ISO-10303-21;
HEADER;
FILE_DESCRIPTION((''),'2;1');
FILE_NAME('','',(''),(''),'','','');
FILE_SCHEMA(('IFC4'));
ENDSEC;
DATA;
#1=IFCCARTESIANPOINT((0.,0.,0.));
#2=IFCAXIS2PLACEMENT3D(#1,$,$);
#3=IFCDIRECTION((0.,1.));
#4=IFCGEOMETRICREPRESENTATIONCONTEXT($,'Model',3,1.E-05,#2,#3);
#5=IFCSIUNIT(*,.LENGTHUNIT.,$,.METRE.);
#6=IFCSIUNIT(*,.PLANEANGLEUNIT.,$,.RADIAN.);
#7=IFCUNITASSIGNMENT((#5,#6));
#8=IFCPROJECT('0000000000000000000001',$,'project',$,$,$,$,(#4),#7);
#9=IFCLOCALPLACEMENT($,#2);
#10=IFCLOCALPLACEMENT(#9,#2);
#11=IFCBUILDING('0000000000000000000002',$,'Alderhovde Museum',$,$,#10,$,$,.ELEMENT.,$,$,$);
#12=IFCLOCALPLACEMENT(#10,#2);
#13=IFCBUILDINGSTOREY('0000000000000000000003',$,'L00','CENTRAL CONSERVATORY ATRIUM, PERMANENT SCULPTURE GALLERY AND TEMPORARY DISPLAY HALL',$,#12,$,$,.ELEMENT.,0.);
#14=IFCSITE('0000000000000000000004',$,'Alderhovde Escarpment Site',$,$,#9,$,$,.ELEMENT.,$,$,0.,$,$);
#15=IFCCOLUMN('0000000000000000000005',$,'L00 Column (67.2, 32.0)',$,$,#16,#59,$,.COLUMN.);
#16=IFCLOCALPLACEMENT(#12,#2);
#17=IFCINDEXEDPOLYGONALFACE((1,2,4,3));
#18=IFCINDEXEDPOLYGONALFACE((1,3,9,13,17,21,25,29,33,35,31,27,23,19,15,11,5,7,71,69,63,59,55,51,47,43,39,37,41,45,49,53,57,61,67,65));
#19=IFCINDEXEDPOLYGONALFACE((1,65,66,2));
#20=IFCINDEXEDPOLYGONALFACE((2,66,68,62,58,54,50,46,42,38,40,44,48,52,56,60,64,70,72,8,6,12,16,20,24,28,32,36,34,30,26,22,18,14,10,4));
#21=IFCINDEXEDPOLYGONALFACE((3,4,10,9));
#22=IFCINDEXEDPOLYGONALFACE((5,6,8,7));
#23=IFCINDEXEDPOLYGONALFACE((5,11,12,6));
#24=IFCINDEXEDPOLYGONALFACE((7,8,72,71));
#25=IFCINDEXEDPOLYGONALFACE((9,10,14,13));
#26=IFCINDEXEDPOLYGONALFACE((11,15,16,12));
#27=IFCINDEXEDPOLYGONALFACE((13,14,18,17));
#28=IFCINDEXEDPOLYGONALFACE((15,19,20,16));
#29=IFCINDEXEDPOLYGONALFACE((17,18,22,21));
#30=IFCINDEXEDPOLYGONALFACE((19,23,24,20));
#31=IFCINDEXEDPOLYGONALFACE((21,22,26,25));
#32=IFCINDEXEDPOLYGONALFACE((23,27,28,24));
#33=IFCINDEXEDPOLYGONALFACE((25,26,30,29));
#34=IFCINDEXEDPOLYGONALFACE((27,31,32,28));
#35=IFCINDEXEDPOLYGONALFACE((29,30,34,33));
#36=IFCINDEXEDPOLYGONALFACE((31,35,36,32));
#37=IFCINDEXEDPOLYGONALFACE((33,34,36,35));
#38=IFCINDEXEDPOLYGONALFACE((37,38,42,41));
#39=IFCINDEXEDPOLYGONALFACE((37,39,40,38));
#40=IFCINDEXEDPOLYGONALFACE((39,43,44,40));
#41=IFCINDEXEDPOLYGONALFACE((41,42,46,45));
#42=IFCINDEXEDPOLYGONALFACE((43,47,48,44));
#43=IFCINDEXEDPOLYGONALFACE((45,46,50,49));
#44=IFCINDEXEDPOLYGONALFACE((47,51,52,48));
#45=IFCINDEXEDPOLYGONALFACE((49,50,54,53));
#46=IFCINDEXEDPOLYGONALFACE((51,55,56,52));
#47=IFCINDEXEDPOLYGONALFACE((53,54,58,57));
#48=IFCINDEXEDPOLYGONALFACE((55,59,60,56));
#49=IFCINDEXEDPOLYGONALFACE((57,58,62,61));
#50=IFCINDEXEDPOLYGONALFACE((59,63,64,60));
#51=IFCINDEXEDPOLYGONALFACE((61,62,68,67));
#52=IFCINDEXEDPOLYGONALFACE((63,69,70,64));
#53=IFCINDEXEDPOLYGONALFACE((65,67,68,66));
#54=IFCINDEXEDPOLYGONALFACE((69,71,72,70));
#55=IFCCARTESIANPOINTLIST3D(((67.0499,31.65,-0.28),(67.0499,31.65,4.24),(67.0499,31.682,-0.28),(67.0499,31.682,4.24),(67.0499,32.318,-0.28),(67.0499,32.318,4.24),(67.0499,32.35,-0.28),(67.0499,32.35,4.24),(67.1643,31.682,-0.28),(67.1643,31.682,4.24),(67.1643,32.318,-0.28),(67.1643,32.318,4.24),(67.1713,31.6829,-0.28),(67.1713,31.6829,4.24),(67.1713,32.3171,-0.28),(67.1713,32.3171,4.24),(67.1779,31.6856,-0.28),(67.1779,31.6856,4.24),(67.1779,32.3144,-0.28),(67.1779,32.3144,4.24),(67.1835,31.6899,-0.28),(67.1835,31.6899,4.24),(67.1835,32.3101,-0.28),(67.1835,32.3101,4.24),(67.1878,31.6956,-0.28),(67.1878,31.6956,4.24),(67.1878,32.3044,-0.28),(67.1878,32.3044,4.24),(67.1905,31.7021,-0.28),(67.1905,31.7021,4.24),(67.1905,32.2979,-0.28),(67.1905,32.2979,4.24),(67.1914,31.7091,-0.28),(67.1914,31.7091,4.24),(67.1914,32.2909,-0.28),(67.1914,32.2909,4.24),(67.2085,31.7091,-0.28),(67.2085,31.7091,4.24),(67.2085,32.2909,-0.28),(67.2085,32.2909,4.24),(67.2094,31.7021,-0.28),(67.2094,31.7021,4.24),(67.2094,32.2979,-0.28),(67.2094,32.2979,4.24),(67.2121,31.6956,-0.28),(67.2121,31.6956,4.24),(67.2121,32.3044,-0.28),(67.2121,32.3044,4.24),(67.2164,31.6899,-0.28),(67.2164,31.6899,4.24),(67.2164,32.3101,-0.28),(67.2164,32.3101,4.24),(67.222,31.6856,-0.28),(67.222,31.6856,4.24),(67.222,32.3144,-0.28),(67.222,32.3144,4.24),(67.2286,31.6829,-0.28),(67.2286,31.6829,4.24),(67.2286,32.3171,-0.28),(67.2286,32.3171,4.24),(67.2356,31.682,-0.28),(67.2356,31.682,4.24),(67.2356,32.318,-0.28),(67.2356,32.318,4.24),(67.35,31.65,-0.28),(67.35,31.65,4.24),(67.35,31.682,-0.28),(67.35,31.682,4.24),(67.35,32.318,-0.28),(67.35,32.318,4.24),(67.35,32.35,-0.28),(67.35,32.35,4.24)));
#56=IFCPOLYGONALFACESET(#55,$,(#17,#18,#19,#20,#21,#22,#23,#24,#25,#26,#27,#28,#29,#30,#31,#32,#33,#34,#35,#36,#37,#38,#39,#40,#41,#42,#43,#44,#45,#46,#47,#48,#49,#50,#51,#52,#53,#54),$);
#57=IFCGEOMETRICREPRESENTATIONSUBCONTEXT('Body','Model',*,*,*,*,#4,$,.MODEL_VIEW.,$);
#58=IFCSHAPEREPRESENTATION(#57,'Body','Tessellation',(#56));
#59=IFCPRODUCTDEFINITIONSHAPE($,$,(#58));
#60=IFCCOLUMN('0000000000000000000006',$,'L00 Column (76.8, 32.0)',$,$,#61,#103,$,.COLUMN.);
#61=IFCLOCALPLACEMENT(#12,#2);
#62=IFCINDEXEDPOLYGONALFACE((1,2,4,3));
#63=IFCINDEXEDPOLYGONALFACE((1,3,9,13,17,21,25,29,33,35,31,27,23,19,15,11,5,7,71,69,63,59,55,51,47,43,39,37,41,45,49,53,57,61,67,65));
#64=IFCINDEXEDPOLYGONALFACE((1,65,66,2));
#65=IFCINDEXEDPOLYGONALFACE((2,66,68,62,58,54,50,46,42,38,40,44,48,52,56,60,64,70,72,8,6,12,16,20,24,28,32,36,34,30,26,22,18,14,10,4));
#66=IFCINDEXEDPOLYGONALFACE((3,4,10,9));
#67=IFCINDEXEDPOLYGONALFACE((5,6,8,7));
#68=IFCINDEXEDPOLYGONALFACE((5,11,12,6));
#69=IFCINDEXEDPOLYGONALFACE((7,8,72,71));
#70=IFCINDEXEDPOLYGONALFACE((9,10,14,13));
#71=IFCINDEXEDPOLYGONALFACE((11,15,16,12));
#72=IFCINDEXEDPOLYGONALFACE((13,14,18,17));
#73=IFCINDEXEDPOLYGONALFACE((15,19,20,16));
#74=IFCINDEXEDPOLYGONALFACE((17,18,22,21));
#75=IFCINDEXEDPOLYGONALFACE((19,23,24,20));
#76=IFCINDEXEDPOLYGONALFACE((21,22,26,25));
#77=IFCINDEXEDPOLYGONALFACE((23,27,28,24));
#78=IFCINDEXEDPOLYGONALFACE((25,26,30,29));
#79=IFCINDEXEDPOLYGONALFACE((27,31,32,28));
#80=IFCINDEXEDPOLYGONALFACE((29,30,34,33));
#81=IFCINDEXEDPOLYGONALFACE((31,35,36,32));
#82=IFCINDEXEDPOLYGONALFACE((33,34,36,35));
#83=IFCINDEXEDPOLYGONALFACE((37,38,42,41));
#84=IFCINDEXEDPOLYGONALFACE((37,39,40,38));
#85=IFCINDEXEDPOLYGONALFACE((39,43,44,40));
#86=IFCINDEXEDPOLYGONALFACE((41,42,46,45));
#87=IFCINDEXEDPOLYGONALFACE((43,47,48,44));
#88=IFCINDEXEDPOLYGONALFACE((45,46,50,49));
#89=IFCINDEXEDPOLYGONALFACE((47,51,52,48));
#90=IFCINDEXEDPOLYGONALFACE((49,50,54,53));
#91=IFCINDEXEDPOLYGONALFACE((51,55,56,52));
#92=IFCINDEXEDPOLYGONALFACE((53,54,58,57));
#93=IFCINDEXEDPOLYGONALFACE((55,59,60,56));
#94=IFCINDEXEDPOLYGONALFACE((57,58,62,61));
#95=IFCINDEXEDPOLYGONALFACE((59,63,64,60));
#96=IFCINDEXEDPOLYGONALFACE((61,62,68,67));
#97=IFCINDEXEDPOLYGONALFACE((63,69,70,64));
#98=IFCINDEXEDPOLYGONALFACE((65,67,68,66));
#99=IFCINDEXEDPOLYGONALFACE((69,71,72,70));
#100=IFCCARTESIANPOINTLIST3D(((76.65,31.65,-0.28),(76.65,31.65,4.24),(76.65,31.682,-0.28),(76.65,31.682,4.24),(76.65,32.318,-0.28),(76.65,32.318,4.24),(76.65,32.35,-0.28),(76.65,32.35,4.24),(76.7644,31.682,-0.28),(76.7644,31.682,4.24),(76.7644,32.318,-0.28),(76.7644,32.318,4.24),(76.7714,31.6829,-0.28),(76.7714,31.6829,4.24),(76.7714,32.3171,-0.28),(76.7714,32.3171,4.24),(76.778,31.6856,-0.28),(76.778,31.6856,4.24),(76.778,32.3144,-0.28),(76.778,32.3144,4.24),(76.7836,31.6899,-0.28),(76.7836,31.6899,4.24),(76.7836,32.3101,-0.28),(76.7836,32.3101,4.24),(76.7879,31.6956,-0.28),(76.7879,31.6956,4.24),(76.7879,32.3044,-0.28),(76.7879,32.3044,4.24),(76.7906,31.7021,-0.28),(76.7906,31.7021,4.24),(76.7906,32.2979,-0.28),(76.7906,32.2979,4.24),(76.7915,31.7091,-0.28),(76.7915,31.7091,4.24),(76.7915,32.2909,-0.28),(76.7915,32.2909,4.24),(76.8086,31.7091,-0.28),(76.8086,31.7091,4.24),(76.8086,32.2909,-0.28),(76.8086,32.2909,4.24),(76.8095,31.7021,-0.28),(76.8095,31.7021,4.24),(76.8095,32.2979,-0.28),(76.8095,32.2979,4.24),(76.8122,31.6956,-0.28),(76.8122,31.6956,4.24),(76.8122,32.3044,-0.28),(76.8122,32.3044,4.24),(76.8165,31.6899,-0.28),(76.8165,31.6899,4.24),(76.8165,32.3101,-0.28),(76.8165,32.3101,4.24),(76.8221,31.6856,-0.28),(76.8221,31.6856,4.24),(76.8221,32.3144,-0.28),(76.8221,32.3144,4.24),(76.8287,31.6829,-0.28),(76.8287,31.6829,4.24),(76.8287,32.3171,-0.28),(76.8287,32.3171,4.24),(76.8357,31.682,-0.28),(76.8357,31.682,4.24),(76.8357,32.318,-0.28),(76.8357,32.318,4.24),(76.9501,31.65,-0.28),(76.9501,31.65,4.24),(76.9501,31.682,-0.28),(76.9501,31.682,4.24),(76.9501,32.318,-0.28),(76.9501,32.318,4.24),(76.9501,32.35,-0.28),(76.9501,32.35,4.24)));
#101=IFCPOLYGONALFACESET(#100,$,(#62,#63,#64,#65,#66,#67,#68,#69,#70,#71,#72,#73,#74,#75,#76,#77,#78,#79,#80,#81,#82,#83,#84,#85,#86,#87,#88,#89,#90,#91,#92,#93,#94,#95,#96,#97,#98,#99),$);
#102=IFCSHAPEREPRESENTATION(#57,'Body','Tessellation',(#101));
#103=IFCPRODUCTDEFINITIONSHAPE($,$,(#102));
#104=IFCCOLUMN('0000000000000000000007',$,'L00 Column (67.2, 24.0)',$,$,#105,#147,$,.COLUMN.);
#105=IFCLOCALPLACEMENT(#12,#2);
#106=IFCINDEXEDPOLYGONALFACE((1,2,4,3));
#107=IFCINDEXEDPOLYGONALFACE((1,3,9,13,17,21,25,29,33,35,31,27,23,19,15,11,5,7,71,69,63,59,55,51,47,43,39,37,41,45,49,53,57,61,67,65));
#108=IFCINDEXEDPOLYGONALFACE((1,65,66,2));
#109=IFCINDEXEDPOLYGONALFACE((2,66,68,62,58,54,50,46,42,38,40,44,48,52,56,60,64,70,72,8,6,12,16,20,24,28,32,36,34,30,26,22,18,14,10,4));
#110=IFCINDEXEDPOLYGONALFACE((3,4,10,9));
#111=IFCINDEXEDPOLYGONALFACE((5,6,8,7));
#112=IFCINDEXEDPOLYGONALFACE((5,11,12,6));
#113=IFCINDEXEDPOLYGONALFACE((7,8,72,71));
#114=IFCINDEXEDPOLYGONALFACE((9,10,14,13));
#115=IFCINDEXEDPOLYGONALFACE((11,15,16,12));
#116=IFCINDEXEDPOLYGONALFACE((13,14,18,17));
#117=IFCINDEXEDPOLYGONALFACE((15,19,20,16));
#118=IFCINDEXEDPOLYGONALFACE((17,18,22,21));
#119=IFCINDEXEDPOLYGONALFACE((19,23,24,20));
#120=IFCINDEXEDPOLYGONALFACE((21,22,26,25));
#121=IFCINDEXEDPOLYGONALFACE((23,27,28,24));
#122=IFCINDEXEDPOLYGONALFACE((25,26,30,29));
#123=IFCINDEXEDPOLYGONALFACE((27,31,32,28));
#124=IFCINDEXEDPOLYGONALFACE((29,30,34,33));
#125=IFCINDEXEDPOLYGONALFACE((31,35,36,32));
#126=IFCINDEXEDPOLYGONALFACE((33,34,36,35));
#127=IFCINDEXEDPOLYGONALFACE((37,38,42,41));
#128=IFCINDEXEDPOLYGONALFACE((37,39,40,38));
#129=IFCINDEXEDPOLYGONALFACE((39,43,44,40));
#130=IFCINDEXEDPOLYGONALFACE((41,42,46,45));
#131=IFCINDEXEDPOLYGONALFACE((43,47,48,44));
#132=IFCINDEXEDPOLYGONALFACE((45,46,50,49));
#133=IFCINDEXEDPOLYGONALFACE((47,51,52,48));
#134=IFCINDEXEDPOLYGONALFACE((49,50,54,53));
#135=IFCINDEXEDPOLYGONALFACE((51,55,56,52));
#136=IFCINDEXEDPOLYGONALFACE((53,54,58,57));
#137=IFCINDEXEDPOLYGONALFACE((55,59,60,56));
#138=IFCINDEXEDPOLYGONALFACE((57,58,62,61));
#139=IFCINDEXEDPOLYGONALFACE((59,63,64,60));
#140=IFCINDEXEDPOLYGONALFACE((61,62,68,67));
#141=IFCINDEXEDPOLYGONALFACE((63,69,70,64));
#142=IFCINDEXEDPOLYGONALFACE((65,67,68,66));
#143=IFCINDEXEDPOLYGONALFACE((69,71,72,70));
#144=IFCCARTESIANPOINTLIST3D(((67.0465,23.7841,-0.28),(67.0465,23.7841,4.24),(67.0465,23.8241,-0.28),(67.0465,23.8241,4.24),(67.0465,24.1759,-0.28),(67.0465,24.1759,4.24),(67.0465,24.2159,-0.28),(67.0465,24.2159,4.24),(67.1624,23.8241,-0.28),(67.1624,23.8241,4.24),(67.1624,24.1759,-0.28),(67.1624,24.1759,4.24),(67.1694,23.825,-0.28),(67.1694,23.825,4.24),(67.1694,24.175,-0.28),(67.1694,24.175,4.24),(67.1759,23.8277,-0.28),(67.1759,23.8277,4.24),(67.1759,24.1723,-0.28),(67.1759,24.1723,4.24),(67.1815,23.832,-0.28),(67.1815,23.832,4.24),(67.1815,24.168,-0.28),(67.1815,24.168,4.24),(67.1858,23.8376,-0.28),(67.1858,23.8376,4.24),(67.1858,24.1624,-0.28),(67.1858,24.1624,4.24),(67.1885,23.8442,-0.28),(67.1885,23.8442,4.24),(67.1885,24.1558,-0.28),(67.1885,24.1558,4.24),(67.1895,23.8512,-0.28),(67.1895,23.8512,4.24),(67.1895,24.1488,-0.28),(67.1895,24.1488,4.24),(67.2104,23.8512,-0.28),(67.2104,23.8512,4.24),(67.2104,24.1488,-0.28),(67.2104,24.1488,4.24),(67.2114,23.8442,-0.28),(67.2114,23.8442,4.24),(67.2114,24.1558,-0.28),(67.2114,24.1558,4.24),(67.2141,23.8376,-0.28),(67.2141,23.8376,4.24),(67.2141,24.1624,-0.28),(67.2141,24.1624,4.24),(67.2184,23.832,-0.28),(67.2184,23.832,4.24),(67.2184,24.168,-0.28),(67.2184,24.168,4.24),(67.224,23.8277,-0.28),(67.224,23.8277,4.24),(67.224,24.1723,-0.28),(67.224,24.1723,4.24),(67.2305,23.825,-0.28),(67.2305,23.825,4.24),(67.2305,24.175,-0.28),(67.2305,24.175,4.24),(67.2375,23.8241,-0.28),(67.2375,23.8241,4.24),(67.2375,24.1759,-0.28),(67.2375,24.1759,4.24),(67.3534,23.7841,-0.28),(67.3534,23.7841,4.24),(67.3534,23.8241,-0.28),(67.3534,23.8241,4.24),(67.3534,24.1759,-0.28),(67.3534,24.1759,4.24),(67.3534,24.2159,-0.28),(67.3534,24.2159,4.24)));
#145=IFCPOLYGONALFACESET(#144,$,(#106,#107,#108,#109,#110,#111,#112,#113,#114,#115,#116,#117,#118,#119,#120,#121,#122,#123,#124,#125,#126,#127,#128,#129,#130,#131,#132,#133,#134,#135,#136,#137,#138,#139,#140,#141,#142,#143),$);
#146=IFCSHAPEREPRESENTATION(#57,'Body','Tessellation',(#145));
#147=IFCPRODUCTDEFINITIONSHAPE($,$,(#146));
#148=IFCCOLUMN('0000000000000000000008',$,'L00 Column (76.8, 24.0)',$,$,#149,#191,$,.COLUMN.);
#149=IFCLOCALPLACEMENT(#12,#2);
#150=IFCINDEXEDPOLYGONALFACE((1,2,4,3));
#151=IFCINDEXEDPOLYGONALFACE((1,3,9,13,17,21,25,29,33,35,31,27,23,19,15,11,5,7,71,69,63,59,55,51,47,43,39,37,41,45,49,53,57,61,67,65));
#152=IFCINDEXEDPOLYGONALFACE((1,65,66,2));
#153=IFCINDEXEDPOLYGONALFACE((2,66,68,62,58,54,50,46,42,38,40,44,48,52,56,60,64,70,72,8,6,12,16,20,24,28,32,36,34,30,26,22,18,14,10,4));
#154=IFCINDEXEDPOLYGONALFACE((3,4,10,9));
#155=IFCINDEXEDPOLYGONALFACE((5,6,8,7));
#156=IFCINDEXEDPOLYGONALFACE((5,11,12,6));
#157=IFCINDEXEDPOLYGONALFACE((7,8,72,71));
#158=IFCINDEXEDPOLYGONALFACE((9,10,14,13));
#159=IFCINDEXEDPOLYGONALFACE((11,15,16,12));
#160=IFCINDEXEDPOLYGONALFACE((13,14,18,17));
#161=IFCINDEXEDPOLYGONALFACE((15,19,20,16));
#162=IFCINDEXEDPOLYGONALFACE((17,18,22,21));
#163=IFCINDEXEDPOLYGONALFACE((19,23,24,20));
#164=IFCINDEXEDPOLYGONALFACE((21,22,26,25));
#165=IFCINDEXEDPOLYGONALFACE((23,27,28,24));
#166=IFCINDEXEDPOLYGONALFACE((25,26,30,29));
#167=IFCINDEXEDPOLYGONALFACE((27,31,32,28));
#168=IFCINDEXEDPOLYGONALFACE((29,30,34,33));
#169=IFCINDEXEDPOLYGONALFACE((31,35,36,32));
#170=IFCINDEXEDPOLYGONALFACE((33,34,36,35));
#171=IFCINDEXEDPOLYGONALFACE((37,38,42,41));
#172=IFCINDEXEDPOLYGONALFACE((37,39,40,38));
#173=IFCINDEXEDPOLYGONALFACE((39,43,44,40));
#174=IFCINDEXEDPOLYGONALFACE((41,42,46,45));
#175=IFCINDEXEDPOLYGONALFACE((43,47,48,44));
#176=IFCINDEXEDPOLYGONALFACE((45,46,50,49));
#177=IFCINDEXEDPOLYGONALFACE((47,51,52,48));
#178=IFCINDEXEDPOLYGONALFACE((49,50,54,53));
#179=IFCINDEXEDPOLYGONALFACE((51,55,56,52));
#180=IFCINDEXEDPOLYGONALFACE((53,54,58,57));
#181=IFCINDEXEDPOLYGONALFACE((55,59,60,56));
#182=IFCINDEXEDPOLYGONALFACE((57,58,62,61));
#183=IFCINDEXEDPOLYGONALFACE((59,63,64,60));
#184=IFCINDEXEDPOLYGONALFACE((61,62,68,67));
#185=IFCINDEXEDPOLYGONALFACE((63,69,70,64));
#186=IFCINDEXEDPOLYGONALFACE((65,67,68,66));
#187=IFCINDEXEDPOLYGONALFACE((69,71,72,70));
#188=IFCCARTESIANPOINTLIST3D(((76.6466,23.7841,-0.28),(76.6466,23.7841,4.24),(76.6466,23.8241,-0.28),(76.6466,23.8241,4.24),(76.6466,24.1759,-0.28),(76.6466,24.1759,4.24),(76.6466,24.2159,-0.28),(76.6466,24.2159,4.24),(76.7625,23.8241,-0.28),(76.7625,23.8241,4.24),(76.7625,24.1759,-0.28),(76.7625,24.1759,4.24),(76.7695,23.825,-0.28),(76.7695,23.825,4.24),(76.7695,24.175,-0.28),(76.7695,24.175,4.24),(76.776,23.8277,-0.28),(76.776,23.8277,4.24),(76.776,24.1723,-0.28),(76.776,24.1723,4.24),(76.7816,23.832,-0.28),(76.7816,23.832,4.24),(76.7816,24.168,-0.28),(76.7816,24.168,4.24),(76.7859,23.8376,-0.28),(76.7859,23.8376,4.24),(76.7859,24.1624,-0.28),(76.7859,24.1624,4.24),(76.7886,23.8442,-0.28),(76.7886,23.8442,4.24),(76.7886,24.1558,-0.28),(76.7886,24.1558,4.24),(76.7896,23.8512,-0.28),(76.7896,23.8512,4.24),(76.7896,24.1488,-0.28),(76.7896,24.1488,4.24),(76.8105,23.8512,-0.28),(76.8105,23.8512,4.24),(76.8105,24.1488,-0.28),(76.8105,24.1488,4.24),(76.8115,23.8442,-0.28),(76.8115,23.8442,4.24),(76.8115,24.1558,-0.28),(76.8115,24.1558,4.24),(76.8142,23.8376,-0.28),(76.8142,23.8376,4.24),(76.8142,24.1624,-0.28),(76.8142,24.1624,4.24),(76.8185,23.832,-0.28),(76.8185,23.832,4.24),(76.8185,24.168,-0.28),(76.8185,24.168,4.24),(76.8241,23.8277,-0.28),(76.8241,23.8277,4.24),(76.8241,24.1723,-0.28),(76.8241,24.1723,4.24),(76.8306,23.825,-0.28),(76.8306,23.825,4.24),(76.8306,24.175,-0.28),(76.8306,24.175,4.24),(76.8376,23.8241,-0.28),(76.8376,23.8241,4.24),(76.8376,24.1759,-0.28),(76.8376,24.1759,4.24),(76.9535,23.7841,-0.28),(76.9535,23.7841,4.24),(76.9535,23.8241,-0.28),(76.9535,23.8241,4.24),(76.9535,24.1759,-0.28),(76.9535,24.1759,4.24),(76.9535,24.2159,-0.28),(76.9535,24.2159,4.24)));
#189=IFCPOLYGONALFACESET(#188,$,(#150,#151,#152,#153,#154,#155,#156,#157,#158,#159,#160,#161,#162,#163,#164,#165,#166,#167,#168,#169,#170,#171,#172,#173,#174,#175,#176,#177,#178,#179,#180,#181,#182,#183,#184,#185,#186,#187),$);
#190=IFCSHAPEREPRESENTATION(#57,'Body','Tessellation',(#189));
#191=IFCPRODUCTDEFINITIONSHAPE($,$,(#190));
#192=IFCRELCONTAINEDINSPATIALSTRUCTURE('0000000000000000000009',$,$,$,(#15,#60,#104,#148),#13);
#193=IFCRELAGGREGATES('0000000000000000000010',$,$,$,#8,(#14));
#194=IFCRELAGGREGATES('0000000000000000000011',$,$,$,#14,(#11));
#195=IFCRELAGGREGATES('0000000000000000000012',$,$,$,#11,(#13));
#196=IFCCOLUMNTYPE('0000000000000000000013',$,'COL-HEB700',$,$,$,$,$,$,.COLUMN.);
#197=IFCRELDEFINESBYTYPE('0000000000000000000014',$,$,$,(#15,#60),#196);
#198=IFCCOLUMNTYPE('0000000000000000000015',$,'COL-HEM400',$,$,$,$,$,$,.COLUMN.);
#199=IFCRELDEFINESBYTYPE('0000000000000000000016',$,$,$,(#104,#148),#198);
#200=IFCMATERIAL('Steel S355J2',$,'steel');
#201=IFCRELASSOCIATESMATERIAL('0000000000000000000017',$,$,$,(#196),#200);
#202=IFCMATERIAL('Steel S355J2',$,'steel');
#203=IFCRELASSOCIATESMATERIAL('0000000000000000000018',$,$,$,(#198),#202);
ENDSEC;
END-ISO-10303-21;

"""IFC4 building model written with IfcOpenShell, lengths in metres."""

from ifc_helpers import new_model, si_unit, direction, frame, origin, origin_2d, place, context, subcontext, project, spatial, i_section, extrude, material, material_profile, profile_set, type_object, element, save


model = new_model("IFC4")

# Units and contexts
model_context = context("Model", 3, precision=1e-05, world=origin(), true_north=direction((0.0, 1.0)))
body_context = subcontext(model_context, "Body", "Model", "MODEL_VIEW")
ifc_project = project(units=[si_unit("LENGTHUNIT", "METRE"), si_unit("PLANEANGLEUNIT", "RADIAN")], contexts=[model_context])

# Site, building, storey
site_placement = place(None, origin())
site = spatial("IfcSite", under=ifc_project, at=site_placement, Name="Alderhovde Escarpment Site", CompositionType="ELEMENT", RefElevation=0.0)
building_placement = place(site_placement, origin())
building = spatial("IfcBuilding", under=site, at=building_placement, Name="Alderhovde Museum", CompositionType="ELEMENT")
storey_placement = place(building_placement, origin())
storey = spatial("IfcBuildingStorey", under=building, at=storey_placement, Name="L00", Description="CENTRAL CONSERVATORY ATRIUM, PERMANENT SCULPTURE GALLERY AND TEMPORARY DISPLAY HALL", CompositionType="ELEMENT", Elevation=0.0)

# Columns
ifc_material_1 = material(Name="Steel S355J2", Category="steel")
ifc_material_profile_1 = material_profile(ifc_material_1, i_section(OverallWidth=0.3, OverallDepth=0.7, WebThickness=0.0171, FlangeThickness=0.032, FilletRadius=0.0271, at=origin_2d()), Name="HEB 700")
ifc_profile_set_1 = profile_set([ifc_material_profile_1], Name="Steel S355J2")
column_type_1 = type_object("IfcColumnType", Name="COL-HEB700", PredefinedType="COLUMN", material=ifc_profile_set_1)
for number, where, z_axis, x_axis, name in (
    (1, (67.2, 32.0, -0.28), (0.0, 0.0, 1.0), (1.0, 0.0, 0.0), "L00 Column (67.2, 32.0)"),
    (2, (76.8, 32.0, -0.28), (0.0, 0.0, 1.0), (1.0, 0.0, 0.0), "L00 Column (76.8, 32.0)"),
):
    element("IfcColumn", number, at=place(storey_placement, frame(where, z_axis=z_axis, x_axis=x_axis)), inside=storey, type_object=column_type_1, Name=name, PredefinedType="COLUMN", context=body_context, shape_type="SweptSolid", body=[
        extrude(i_section(OverallWidth=0.3, OverallDepth=0.7, WebThickness=0.0171, FlangeThickness=0.032, FilletRadius=0.0271, at=origin_2d()), origin(), (0.0, 0.0, 1.0), 4.52),
    ])
ifc_material_2 = material(Name="Steel S355J2", Category="steel")
ifc_material_profile_2 = material_profile(ifc_material_2, i_section(OverallWidth=0.3069, OverallDepth=0.4319, WebThickness=0.021, FlangeThickness=0.04, FilletRadius=0.0271, at=origin_2d()), Name="HEM 400")
ifc_profile_set_2 = profile_set([ifc_material_profile_2], Name="Steel S355J2")
column_type_2 = type_object("IfcColumnType", Name="COL-HEM400", PredefinedType="COLUMN", material=ifc_profile_set_2)
for number, where, z_axis, x_axis, name in (
    (3, (67.2, 24.0, -0.28), (0.0, 0.0, 1.0), (1.0, 0.0, 0.0), "L00 Column (67.2, 24.0)"),
    (4, (76.8, 24.0, -0.28), (0.0, 0.0, 1.0), (1.0, 0.0, 0.0), "L00 Column (76.8, 24.0)"),
):
    element("IfcColumn", number, at=place(storey_placement, frame(where, z_axis=z_axis, x_axis=x_axis)), inside=storey, type_object=column_type_2, Name=name, PredefinedType="COLUMN", context=body_context, shape_type="SweptSolid", body=[
        extrude(i_section(OverallWidth=0.3069, OverallDepth=0.4319, WebThickness=0.021, FlangeThickness=0.04, FilletRadius=0.0271, at=origin_2d()), origin(), (0.0, 0.0, 1.0), 4.52),
    ])

save(model, "model.ifc")
